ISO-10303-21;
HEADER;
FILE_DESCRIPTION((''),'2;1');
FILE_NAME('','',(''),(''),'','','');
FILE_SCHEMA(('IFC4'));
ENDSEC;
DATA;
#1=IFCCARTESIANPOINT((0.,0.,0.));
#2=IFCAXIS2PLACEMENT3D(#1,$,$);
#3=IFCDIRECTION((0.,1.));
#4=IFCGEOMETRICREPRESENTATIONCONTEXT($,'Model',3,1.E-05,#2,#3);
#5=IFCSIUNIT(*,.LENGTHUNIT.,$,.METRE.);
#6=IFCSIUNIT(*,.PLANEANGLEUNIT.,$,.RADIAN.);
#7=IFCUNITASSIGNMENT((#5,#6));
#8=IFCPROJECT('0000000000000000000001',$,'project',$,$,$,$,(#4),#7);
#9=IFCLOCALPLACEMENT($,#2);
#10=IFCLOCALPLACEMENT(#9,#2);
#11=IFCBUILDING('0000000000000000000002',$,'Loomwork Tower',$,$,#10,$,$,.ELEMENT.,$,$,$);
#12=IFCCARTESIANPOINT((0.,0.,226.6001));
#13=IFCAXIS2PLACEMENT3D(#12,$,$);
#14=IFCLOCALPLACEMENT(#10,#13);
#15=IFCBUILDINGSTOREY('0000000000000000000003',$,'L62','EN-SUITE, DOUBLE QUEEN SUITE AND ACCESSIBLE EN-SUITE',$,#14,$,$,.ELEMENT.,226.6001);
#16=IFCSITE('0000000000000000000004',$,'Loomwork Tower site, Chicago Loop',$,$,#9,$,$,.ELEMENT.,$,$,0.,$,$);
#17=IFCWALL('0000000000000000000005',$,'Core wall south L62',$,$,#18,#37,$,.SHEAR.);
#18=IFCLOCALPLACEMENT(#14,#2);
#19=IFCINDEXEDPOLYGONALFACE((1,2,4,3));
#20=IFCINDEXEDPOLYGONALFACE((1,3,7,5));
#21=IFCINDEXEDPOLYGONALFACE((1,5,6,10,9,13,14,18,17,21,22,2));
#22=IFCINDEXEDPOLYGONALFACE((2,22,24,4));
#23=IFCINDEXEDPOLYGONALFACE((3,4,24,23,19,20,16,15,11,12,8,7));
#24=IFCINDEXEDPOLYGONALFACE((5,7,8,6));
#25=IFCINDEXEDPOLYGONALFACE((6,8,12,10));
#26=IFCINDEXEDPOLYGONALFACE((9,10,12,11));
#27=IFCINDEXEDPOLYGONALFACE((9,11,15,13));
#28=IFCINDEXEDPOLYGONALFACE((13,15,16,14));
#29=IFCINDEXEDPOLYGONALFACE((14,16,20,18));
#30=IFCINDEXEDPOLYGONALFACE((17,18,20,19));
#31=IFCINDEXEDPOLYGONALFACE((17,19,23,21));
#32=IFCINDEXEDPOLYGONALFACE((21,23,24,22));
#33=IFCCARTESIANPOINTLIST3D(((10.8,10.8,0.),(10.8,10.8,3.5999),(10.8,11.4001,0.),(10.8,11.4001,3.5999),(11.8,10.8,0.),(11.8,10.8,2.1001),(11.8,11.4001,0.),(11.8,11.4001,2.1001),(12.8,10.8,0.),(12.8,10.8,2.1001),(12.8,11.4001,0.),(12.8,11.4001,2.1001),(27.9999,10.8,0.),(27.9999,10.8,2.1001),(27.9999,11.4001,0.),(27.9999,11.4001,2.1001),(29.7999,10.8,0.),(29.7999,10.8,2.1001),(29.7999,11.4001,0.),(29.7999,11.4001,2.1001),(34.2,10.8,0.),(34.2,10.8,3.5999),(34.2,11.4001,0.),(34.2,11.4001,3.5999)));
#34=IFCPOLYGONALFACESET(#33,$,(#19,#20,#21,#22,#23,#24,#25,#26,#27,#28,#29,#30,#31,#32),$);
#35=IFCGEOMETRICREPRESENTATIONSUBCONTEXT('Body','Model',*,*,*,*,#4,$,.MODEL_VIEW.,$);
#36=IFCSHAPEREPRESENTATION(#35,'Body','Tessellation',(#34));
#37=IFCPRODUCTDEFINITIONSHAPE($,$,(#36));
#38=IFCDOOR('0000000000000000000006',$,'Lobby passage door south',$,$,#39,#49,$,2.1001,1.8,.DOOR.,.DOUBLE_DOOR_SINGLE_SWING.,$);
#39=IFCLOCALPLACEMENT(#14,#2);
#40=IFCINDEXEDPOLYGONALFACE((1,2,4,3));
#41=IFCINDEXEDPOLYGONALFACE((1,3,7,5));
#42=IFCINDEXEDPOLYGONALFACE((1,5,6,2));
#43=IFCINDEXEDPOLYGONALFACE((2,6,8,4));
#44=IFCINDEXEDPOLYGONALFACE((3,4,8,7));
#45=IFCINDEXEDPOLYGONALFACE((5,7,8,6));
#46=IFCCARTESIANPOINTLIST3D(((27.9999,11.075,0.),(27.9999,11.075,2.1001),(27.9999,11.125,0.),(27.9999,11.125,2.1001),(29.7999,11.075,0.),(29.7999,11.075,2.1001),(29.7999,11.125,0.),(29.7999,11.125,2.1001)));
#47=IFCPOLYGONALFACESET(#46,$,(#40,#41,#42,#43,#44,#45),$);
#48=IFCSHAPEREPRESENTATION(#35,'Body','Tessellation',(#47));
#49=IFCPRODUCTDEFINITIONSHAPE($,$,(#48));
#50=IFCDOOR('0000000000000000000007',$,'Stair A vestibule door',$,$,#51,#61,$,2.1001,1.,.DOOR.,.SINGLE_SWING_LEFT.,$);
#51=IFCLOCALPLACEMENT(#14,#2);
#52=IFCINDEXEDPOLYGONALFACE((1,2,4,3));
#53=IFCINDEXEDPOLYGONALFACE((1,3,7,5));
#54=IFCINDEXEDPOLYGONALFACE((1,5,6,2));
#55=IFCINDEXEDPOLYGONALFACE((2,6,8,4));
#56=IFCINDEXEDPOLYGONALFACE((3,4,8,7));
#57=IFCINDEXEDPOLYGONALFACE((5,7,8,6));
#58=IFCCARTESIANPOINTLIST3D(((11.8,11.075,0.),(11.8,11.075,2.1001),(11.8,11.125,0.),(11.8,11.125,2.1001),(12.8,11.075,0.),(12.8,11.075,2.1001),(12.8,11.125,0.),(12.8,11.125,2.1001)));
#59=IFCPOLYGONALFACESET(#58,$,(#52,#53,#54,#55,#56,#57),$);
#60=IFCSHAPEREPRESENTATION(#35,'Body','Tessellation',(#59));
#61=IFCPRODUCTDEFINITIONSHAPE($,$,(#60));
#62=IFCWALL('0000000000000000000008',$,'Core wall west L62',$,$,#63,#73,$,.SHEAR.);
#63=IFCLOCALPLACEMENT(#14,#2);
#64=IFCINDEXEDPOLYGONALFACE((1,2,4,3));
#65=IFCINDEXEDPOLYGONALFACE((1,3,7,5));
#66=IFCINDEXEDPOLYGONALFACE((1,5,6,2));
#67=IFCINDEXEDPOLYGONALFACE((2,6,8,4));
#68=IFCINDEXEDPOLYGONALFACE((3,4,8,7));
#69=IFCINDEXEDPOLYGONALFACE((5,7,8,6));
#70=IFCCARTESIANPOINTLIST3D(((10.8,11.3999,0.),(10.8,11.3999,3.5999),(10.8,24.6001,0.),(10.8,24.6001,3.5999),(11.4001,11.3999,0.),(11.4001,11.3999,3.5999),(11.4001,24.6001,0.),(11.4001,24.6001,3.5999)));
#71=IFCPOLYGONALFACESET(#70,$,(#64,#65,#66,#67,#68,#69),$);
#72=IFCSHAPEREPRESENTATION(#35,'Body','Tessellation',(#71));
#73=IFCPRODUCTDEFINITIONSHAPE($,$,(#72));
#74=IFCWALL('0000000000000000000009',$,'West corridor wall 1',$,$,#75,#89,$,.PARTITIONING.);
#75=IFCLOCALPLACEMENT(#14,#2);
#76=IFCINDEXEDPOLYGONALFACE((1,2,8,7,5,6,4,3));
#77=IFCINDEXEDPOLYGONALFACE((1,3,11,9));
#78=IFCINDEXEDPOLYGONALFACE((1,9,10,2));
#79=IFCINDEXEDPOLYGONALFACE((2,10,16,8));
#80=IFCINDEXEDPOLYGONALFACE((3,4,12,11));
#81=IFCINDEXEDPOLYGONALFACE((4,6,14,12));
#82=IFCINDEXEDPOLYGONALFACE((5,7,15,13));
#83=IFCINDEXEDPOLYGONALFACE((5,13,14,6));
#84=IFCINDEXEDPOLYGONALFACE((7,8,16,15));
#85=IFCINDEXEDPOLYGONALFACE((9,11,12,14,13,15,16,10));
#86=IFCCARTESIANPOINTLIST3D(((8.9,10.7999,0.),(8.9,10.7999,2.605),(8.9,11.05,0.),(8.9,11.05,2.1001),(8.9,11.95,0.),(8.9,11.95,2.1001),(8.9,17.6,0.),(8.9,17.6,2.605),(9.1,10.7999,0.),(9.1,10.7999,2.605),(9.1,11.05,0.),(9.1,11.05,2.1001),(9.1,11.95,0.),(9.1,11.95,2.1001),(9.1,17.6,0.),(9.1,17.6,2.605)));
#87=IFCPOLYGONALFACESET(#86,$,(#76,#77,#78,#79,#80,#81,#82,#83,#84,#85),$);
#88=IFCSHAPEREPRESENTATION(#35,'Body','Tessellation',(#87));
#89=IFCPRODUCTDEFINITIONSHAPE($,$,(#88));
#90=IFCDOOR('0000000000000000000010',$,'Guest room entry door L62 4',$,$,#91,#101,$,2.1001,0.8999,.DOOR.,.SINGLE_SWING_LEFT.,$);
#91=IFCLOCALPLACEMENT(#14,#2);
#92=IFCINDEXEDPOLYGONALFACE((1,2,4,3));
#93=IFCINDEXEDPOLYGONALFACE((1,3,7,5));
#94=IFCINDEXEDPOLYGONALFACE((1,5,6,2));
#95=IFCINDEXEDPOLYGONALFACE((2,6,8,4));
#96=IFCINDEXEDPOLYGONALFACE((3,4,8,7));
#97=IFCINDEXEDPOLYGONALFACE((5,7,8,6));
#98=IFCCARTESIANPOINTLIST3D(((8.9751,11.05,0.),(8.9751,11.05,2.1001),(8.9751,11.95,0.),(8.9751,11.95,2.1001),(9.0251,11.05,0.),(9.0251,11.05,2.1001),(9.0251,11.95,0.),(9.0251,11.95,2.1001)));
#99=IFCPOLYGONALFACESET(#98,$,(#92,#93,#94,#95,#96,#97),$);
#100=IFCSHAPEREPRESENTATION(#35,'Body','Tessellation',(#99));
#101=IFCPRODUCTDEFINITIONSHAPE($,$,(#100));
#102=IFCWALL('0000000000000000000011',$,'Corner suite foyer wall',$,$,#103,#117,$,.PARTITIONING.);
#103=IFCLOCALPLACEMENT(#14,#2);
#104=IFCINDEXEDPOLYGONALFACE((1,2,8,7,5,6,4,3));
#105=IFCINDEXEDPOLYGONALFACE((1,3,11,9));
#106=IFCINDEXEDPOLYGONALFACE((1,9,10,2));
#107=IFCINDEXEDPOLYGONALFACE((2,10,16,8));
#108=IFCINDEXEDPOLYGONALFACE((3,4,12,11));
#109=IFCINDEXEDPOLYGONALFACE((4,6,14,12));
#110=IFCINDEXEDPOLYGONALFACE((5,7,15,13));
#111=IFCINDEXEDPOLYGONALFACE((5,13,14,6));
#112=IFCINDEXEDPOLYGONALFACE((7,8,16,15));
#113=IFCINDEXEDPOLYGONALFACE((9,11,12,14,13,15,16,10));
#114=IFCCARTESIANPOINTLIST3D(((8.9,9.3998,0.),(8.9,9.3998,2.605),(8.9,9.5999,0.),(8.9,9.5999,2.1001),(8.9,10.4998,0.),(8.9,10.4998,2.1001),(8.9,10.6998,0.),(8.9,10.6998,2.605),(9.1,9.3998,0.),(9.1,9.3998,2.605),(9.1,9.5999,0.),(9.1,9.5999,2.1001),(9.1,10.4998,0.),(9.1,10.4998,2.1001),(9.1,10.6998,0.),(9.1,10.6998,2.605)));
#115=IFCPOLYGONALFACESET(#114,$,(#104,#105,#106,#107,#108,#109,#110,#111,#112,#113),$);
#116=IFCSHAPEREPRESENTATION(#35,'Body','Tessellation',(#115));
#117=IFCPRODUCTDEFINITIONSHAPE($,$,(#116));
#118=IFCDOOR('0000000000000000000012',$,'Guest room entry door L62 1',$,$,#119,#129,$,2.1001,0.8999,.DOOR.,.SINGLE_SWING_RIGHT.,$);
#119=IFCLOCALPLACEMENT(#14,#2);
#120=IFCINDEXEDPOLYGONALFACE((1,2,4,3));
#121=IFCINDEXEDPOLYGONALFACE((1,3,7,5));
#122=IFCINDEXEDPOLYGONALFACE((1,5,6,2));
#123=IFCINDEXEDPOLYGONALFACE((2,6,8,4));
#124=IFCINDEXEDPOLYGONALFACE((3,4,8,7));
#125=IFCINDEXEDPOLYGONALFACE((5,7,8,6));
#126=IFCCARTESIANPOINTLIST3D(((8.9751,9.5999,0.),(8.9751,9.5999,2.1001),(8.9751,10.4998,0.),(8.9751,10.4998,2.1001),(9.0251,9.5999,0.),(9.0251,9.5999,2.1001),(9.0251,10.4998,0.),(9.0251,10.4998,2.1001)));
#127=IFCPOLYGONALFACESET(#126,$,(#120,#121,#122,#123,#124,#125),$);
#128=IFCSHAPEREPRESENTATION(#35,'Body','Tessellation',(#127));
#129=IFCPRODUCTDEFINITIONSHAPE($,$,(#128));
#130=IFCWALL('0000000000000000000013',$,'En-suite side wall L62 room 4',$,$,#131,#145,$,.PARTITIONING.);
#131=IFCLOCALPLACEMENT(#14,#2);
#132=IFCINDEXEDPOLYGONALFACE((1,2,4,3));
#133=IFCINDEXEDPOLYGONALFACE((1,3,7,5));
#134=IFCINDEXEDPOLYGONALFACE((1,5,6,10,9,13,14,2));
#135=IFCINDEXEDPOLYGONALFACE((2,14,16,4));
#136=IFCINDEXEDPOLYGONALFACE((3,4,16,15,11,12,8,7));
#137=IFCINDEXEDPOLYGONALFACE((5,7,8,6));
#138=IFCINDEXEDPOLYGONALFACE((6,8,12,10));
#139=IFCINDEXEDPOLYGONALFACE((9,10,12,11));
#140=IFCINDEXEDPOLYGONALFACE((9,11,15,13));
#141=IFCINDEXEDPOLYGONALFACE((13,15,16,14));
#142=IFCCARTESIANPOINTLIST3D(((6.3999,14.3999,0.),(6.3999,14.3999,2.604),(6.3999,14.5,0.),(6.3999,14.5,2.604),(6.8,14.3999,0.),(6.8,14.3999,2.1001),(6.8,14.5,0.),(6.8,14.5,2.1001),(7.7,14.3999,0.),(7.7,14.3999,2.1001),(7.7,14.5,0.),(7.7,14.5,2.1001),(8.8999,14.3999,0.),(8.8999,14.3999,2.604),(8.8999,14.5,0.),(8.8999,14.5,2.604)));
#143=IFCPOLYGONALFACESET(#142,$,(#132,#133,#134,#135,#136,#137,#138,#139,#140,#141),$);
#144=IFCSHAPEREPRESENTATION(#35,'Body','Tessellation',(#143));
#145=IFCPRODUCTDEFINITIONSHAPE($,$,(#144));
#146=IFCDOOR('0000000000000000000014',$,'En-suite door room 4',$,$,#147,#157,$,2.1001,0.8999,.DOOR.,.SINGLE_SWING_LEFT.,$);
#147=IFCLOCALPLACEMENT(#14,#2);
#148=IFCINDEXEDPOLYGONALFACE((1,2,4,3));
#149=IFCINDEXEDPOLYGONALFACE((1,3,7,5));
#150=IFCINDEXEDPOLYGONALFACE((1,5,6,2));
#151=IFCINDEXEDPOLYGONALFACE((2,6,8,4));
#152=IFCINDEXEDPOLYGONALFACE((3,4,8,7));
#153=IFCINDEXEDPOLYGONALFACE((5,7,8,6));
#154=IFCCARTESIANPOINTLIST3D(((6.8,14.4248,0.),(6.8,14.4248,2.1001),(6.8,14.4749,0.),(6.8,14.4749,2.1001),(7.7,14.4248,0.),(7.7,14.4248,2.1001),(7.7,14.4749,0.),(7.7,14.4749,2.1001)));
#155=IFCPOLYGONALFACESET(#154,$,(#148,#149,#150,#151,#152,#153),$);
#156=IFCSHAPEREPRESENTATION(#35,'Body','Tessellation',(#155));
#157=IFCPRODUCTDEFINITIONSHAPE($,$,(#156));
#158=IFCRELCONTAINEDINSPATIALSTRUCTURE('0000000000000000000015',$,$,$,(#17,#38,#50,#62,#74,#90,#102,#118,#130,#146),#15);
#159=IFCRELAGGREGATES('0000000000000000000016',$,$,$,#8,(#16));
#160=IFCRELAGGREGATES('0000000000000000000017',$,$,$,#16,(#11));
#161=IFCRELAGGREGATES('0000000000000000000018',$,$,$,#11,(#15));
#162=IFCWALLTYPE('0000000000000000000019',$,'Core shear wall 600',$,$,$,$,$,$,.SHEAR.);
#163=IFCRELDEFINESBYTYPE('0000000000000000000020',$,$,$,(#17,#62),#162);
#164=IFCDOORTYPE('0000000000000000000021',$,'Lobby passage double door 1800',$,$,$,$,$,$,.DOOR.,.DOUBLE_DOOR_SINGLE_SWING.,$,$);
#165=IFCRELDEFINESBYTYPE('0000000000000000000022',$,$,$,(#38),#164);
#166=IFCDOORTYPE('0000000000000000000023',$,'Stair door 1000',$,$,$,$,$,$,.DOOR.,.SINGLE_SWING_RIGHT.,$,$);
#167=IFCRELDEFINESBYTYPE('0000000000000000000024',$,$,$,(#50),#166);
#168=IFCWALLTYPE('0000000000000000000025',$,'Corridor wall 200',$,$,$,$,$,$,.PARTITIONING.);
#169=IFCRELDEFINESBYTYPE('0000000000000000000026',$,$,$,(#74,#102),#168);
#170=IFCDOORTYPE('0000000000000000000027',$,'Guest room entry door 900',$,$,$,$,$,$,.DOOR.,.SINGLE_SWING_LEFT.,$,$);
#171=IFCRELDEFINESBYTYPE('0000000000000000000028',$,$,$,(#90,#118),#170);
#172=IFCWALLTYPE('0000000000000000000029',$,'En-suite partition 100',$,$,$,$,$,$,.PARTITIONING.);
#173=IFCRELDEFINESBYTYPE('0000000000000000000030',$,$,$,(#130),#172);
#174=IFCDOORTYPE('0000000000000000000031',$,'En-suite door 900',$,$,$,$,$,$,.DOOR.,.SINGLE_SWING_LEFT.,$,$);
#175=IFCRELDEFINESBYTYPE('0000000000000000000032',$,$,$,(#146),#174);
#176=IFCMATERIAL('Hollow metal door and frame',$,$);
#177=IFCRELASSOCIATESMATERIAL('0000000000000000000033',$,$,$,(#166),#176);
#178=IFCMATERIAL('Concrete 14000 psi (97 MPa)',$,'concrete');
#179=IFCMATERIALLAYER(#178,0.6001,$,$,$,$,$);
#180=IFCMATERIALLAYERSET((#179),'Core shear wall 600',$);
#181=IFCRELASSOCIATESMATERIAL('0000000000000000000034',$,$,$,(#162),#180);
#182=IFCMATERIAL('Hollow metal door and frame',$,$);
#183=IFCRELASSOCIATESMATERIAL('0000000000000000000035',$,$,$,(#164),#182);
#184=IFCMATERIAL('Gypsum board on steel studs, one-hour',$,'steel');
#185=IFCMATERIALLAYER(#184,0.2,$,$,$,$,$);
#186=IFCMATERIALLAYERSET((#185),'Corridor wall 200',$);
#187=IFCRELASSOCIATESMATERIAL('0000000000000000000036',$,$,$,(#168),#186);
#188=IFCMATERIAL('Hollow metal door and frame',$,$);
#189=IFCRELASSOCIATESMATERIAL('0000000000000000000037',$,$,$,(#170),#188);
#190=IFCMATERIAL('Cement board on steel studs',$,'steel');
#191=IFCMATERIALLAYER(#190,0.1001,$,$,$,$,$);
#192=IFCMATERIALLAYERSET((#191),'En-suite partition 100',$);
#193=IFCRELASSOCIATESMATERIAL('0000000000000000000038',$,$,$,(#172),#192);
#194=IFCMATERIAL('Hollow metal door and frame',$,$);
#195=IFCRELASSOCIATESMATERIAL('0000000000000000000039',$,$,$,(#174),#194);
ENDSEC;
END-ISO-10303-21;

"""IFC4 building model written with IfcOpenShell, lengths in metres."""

from ifc_helpers import new_model, si_unit, direction, frame, frame_2d, origin, place, context, subcontext, project, spatial, rectangle, extrude, material, layer, layer_set, type_object, element, fill, save


model = new_model("IFC4")

# Units and contexts
model_context = context("Model", 3, precision=1e-05, world=origin(), true_north=direction((0.0, 1.0)))
body_context = subcontext(model_context, "Body", "Model", "MODEL_VIEW")
ifc_project = project(units=[si_unit("LENGTHUNIT", "METRE"), si_unit("PLANEANGLEUNIT", "RADIAN")], contexts=[model_context])

# Site, building, storey
site_placement = place(None, origin())
site = spatial("IfcSite", under=ifc_project, at=site_placement, Name="Loomwork Tower site, Chicago Loop", CompositionType="ELEMENT", RefElevation=0.0)
building_placement = place(site_placement, origin())
building = spatial("IfcBuilding", under=site, at=building_placement, Name="Loomwork Tower", CompositionType="ELEMENT")
storey_placement = place(building_placement, frame((0.0, 0.0, 226.6001)))
storey = spatial("IfcBuildingStorey", under=building, at=storey_placement, Name="L62", Description="EN-SUITE, DOUBLE QUEEN SUITE AND ACCESSIBLE EN-SUITE", CompositionType="ELEMENT", Elevation=226.6001)

# Shared definitions
ifc_material_1 = material(Name="Hollow metal door and frame")
door_type_1 = type_object("IfcDoorType", Name="Stair door 1000", OperationType="SINGLE_SWING_RIGHT", PredefinedType="DOOR", material=ifc_material_1)

# Wall, openings, doors
ifc_material_2 = material(Name="Concrete 14000 psi (97 MPa)", Category="concrete")
ifc_layer_1 = layer(ifc_material_2, 0.6001)
ifc_layer_set_1 = layer_set([ifc_layer_1], Name="Core shear wall 600")
wall_type_1 = type_object("IfcWallType", Name="Core shear wall 600", PredefinedType="SHEAR", material=ifc_layer_set_1)
wall_1_placement = place(storey_placement, frame((10.8, 11.1001, 0.0), z_axis=(0.0, 0.0, 1.0), x_axis=(1.0, 0.0, 0.0)))
wall_1 = element("IfcWall", 1, at=wall_1_placement, inside=storey, type_object=wall_type_1, Name="Core wall south L62", PredefinedType="SHEAR", context=body_context, shape_type="SweptSolid", body=[
    extrude(rectangle(XDim=23.3999, YDim=0.6001, at=frame_2d((11.7, 0.0))), origin(), (0.0, 0.0, 1.0), 3.5999),
])
opening_1_placement = place(wall_1_placement, frame((1.0, 0.0, 0.0)))
opening_1 = element("IfcOpeningElement", 2, at=opening_1_placement, cuts=wall_1, PredefinedType="OPENING", context=body_context, shape_type="SweptSolid", body=[
    extrude(rectangle(XDim=1.0, YDim=2.1001, at=frame_2d((0.5, 1.05))), frame((0.0, 0.3101, 0.0), z_axis=(0.0, -1.0, 0.0), x_axis=(1.0, 0.0, 0.0)), (0.0, 0.0, 1.0), 0.6201),
])
opening_2_placement = place(wall_1_placement, frame((17.2, 0.0, 0.0)))
opening_2 = element("IfcOpeningElement", 3, at=opening_2_placement, cuts=wall_1, PredefinedType="OPENING", context=body_context, shape_type="SweptSolid", body=[
    extrude(rectangle(XDim=1.8, YDim=2.1001, at=frame_2d((0.8999, 1.05))), frame((0.0, 0.3101, 0.0), z_axis=(0.0, -1.0, 0.0), x_axis=(1.0, 0.0, 0.0)), (0.0, 0.0, 1.0), 0.6201),
])
ifc_material_3 = material(Name="Hollow metal door and frame")
door_type_2 = type_object("IfcDoorType", Name="Lobby passage double door 1800", OperationType="DOUBLE_DOOR_SINGLE_SWING", PredefinedType="DOOR", material=ifc_material_3)
door_1_placement = place(opening_2_placement, origin())
door_1 = element("IfcDoor", 4, at=door_1_placement, inside=storey, type_object=door_type_2, Name="Lobby passage door south", OperationType="DOUBLE_DOOR_SINGLE_SWING", OverallHeight=2.1001, OverallWidth=1.8, PredefinedType="DOOR", context=body_context, shape_type="SweptSolid", body=[
    extrude(rectangle(XDim=1.8, YDim=2.1001, at=frame_2d((0.8999, 1.05))), frame((0.0, 0.0249, 0.0), z_axis=(0.0, -1.0, 0.0), x_axis=(1.0, 0.0, 0.0)), (0.0, 0.0, 1.0), 0.05),
])
fill(opening_2, door_1)
door_2_placement = place(opening_1_placement, origin())
door_2 = element("IfcDoor", 5, at=door_2_placement, inside=storey, type_object=door_type_1, Name="Stair A vestibule door", OperationType="SINGLE_SWING_LEFT", OverallHeight=2.1001, OverallWidth=1.0, PredefinedType="DOOR", context=body_context, shape_type="SweptSolid", body=[
    extrude(rectangle(XDim=1.0, YDim=2.1001, at=frame_2d((0.5, 1.05))), frame((0.0, 0.0249, 0.0), z_axis=(0.0, -1.0, 0.0), x_axis=(1.0, 0.0, 0.0)), (0.0, 0.0, 1.0), 0.05),
])
fill(opening_1, door_2)

# Wall
wall_2_placement = place(storey_placement, frame((11.1001, 11.3999, 0.0), z_axis=(0.0, 0.0, 1.0), x_axis=(0.0, 1.0, 0.0)))
element("IfcWall", 6, at=wall_2_placement, inside=storey, type_object=wall_type_1, Name="Core wall west L62", PredefinedType="SHEAR", context=body_context, shape_type="SweptSolid", body=[
    extrude(rectangle(XDim=13.2002, YDim=0.6001, at=frame_2d((6.6001, 0.0))), origin(), (0.0, 0.0, 1.0), 3.5999),
])

# Walls, openings, doors
ifc_material_4 = material(Name="Gypsum board on steel studs, one-hour", Category="steel")
ifc_layer_2 = layer(ifc_material_4, 0.2)
ifc_layer_set_2 = layer_set([ifc_layer_2], Name="Corridor wall 200")
wall_type_2 = type_object("IfcWallType", Name="Corridor wall 200", PredefinedType="PARTITIONING", material=ifc_layer_set_2)
wall_3_placement = place(storey_placement, frame((9.0, 10.8, 0.0), z_axis=(0.0, 0.0, 1.0), x_axis=(0.0, 1.0, 0.0)))
wall_3 = element("IfcWall", 7, at=wall_3_placement, inside=storey, type_object=wall_type_2, Name="West corridor wall 1", PredefinedType="PARTITIONING", context=body_context, shape_type="SweptSolid", body=[
    extrude(rectangle(XDim=6.8, YDim=0.2, at=frame_2d((3.3999, 0.0))), origin(), (0.0, 0.0, 1.0), 2.605),
])
opening_3_placement = place(wall_3_placement, frame((0.25, 0.0, 0.0)))
opening_3 = element("IfcOpeningElement", 8, at=opening_3_placement, cuts=wall_3, PredefinedType="OPENING", context=body_context, shape_type="SweptSolid", body=[
    extrude(rectangle(XDim=0.8999, YDim=2.1001, at=frame_2d((0.45, 1.05))), frame((0.0, 0.1099, 0.0), z_axis=(0.0, -1.0, 0.0), x_axis=(1.0, 0.0, 0.0)), (0.0, 0.0, 1.0), 0.22),
])
ifc_material_5 = material(Name="Hollow metal door and frame")
door_type_3 = type_object("IfcDoorType", Name="Guest room entry door 900", OperationType="SINGLE_SWING_LEFT", PredefinedType="DOOR", material=ifc_material_5)
door_3_placement = place(opening_3_placement, origin())
door_3 = element("IfcDoor", 9, at=door_3_placement, inside=storey, type_object=door_type_3, Name="Guest room entry door L62 4", OperationType="SINGLE_SWING_LEFT", OverallHeight=2.1001, OverallWidth=0.8999, PredefinedType="DOOR", context=body_context, shape_type="SweptSolid", body=[
    extrude(rectangle(XDim=0.8999, YDim=2.1001, at=frame_2d((0.45, 1.05))), frame((0.0, 0.0249, 0.0), z_axis=(0.0, -1.0, 0.0), x_axis=(1.0, 0.0, 0.0)), (0.0, 0.0, 1.0), 0.05),
])
fill(opening_3, door_3)
wall_4_placement = place(storey_placement, frame((9.0, 9.3999, 0.0), z_axis=(0.0, 0.0, 1.0), x_axis=(0.0, 1.0, 0.0)))
wall_4 = element("IfcWall", 10, at=wall_4_placement, inside=storey, type_object=wall_type_2, Name="Corner suite foyer wall", PredefinedType="PARTITIONING", context=body_context, shape_type="SweptSolid", body=[
    extrude(rectangle(XDim=1.3, YDim=0.2, at=frame_2d((0.6499, 0.0))), origin(), (0.0, 0.0, 1.0), 2.605),
])
opening_4_placement = place(wall_4_placement, frame((0.2, 0.0, 0.0)))
opening_4 = element("IfcOpeningElement", 11, at=opening_4_placement, cuts=wall_4, PredefinedType="OPENING", context=body_context, shape_type="SweptSolid", body=[
    extrude(rectangle(XDim=0.8999, YDim=2.1001, at=frame_2d((0.45, 1.05))), frame((0.0, 0.1099, 0.0), z_axis=(0.0, -1.0, 0.0), x_axis=(1.0, 0.0, 0.0)), (0.0, 0.0, 1.0), 0.22),
])
door_4_placement = place(opening_4_placement, origin())
door_4 = element("IfcDoor", 12, at=door_4_placement, inside=storey, type_object=door_type_3, Name="Guest room entry door L62 1", OperationType="SINGLE_SWING_RIGHT", OverallHeight=2.1001, OverallWidth=0.8999, PredefinedType="DOOR", context=body_context, shape_type="SweptSolid", body=[
    extrude(rectangle(XDim=0.8999, YDim=2.1001, at=frame_2d((0.45, 1.05))), frame((0.0, 0.0249, 0.0), z_axis=(0.0, -1.0, 0.0), x_axis=(1.0, 0.0, 0.0)), (0.0, 0.0, 1.0), 0.05),
])
fill(opening_4, door_4)
ifc_material_6 = material(Name="Cement board on steel studs", Category="steel")
ifc_layer_3 = layer(ifc_material_6, 0.1001)
ifc_layer_set_3 = layer_set([ifc_layer_3], Name="En-suite partition 100")
wall_type_3 = type_object("IfcWallType", Name="En-suite partition 100", PredefinedType="PARTITIONING", material=ifc_layer_set_3)
wall_5_placement = place(storey_placement, frame((8.8999, 14.45, 0.0), z_axis=(0.0, 0.0, 1.0), x_axis=(-1.0, 0.0, 0.0)))
wall_5 = element("IfcWall", 13, at=wall_5_placement, inside=storey, type_object=wall_type_3, Name="En-suite side wall L62 room 4", PredefinedType="PARTITIONING", context=body_context, shape_type="SweptSolid", body=[
    extrude(rectangle(XDim=2.5, YDim=0.1001, at=frame_2d((1.25, 0.0))), origin(), (0.0, 0.0, 1.0), 2.604),
])
opening_5_placement = place(wall_5_placement, frame((1.2, 0.0, 0.0)))
opening_5 = element("IfcOpeningElement", 14, at=opening_5_placement, cuts=wall_5, PredefinedType="OPENING", context=body_context, shape_type="SweptSolid", body=[
    extrude(rectangle(XDim=0.8999, YDim=2.1001, at=frame_2d((0.45, 1.05))), frame((0.0, 0.0601, 0.0), z_axis=(0.0, -1.0, 0.0), x_axis=(1.0, 0.0, 0.0)), (0.0, 0.0, 1.0), 0.1201),
])
ifc_material_7 = material(Name="Hollow metal door and frame")
door_type_4 = type_object("IfcDoorType", Name="En-suite door 900", OperationType="SINGLE_SWING_LEFT", PredefinedType="DOOR", material=ifc_material_7)
door_5_placement = place(opening_5_placement, frame((0.8999, 0.0, 0.0), z_axis=(0.0, 0.0, 1.0), x_axis=(-1.0, 0.0, 0.0)))
door_5 = element("IfcDoor", 15, at=door_5_placement, inside=storey, type_object=door_type_4, Name="En-suite door room 4", OperationType="SINGLE_SWING_LEFT", OverallHeight=2.1001, OverallWidth=0.8999, PredefinedType="DOOR", context=body_context, shape_type="SweptSolid", body=[
    extrude(rectangle(XDim=0.8999, YDim=2.1001, at=frame_2d((0.45, 1.05))), frame((0.0, 0.0249, 0.0), z_axis=(0.0, -1.0, 0.0), x_axis=(1.0, 0.0, 0.0)), (0.0, 0.0, 1.0), 0.05),
])
fill(opening_5, door_5)

save(model, "model.ifc")
